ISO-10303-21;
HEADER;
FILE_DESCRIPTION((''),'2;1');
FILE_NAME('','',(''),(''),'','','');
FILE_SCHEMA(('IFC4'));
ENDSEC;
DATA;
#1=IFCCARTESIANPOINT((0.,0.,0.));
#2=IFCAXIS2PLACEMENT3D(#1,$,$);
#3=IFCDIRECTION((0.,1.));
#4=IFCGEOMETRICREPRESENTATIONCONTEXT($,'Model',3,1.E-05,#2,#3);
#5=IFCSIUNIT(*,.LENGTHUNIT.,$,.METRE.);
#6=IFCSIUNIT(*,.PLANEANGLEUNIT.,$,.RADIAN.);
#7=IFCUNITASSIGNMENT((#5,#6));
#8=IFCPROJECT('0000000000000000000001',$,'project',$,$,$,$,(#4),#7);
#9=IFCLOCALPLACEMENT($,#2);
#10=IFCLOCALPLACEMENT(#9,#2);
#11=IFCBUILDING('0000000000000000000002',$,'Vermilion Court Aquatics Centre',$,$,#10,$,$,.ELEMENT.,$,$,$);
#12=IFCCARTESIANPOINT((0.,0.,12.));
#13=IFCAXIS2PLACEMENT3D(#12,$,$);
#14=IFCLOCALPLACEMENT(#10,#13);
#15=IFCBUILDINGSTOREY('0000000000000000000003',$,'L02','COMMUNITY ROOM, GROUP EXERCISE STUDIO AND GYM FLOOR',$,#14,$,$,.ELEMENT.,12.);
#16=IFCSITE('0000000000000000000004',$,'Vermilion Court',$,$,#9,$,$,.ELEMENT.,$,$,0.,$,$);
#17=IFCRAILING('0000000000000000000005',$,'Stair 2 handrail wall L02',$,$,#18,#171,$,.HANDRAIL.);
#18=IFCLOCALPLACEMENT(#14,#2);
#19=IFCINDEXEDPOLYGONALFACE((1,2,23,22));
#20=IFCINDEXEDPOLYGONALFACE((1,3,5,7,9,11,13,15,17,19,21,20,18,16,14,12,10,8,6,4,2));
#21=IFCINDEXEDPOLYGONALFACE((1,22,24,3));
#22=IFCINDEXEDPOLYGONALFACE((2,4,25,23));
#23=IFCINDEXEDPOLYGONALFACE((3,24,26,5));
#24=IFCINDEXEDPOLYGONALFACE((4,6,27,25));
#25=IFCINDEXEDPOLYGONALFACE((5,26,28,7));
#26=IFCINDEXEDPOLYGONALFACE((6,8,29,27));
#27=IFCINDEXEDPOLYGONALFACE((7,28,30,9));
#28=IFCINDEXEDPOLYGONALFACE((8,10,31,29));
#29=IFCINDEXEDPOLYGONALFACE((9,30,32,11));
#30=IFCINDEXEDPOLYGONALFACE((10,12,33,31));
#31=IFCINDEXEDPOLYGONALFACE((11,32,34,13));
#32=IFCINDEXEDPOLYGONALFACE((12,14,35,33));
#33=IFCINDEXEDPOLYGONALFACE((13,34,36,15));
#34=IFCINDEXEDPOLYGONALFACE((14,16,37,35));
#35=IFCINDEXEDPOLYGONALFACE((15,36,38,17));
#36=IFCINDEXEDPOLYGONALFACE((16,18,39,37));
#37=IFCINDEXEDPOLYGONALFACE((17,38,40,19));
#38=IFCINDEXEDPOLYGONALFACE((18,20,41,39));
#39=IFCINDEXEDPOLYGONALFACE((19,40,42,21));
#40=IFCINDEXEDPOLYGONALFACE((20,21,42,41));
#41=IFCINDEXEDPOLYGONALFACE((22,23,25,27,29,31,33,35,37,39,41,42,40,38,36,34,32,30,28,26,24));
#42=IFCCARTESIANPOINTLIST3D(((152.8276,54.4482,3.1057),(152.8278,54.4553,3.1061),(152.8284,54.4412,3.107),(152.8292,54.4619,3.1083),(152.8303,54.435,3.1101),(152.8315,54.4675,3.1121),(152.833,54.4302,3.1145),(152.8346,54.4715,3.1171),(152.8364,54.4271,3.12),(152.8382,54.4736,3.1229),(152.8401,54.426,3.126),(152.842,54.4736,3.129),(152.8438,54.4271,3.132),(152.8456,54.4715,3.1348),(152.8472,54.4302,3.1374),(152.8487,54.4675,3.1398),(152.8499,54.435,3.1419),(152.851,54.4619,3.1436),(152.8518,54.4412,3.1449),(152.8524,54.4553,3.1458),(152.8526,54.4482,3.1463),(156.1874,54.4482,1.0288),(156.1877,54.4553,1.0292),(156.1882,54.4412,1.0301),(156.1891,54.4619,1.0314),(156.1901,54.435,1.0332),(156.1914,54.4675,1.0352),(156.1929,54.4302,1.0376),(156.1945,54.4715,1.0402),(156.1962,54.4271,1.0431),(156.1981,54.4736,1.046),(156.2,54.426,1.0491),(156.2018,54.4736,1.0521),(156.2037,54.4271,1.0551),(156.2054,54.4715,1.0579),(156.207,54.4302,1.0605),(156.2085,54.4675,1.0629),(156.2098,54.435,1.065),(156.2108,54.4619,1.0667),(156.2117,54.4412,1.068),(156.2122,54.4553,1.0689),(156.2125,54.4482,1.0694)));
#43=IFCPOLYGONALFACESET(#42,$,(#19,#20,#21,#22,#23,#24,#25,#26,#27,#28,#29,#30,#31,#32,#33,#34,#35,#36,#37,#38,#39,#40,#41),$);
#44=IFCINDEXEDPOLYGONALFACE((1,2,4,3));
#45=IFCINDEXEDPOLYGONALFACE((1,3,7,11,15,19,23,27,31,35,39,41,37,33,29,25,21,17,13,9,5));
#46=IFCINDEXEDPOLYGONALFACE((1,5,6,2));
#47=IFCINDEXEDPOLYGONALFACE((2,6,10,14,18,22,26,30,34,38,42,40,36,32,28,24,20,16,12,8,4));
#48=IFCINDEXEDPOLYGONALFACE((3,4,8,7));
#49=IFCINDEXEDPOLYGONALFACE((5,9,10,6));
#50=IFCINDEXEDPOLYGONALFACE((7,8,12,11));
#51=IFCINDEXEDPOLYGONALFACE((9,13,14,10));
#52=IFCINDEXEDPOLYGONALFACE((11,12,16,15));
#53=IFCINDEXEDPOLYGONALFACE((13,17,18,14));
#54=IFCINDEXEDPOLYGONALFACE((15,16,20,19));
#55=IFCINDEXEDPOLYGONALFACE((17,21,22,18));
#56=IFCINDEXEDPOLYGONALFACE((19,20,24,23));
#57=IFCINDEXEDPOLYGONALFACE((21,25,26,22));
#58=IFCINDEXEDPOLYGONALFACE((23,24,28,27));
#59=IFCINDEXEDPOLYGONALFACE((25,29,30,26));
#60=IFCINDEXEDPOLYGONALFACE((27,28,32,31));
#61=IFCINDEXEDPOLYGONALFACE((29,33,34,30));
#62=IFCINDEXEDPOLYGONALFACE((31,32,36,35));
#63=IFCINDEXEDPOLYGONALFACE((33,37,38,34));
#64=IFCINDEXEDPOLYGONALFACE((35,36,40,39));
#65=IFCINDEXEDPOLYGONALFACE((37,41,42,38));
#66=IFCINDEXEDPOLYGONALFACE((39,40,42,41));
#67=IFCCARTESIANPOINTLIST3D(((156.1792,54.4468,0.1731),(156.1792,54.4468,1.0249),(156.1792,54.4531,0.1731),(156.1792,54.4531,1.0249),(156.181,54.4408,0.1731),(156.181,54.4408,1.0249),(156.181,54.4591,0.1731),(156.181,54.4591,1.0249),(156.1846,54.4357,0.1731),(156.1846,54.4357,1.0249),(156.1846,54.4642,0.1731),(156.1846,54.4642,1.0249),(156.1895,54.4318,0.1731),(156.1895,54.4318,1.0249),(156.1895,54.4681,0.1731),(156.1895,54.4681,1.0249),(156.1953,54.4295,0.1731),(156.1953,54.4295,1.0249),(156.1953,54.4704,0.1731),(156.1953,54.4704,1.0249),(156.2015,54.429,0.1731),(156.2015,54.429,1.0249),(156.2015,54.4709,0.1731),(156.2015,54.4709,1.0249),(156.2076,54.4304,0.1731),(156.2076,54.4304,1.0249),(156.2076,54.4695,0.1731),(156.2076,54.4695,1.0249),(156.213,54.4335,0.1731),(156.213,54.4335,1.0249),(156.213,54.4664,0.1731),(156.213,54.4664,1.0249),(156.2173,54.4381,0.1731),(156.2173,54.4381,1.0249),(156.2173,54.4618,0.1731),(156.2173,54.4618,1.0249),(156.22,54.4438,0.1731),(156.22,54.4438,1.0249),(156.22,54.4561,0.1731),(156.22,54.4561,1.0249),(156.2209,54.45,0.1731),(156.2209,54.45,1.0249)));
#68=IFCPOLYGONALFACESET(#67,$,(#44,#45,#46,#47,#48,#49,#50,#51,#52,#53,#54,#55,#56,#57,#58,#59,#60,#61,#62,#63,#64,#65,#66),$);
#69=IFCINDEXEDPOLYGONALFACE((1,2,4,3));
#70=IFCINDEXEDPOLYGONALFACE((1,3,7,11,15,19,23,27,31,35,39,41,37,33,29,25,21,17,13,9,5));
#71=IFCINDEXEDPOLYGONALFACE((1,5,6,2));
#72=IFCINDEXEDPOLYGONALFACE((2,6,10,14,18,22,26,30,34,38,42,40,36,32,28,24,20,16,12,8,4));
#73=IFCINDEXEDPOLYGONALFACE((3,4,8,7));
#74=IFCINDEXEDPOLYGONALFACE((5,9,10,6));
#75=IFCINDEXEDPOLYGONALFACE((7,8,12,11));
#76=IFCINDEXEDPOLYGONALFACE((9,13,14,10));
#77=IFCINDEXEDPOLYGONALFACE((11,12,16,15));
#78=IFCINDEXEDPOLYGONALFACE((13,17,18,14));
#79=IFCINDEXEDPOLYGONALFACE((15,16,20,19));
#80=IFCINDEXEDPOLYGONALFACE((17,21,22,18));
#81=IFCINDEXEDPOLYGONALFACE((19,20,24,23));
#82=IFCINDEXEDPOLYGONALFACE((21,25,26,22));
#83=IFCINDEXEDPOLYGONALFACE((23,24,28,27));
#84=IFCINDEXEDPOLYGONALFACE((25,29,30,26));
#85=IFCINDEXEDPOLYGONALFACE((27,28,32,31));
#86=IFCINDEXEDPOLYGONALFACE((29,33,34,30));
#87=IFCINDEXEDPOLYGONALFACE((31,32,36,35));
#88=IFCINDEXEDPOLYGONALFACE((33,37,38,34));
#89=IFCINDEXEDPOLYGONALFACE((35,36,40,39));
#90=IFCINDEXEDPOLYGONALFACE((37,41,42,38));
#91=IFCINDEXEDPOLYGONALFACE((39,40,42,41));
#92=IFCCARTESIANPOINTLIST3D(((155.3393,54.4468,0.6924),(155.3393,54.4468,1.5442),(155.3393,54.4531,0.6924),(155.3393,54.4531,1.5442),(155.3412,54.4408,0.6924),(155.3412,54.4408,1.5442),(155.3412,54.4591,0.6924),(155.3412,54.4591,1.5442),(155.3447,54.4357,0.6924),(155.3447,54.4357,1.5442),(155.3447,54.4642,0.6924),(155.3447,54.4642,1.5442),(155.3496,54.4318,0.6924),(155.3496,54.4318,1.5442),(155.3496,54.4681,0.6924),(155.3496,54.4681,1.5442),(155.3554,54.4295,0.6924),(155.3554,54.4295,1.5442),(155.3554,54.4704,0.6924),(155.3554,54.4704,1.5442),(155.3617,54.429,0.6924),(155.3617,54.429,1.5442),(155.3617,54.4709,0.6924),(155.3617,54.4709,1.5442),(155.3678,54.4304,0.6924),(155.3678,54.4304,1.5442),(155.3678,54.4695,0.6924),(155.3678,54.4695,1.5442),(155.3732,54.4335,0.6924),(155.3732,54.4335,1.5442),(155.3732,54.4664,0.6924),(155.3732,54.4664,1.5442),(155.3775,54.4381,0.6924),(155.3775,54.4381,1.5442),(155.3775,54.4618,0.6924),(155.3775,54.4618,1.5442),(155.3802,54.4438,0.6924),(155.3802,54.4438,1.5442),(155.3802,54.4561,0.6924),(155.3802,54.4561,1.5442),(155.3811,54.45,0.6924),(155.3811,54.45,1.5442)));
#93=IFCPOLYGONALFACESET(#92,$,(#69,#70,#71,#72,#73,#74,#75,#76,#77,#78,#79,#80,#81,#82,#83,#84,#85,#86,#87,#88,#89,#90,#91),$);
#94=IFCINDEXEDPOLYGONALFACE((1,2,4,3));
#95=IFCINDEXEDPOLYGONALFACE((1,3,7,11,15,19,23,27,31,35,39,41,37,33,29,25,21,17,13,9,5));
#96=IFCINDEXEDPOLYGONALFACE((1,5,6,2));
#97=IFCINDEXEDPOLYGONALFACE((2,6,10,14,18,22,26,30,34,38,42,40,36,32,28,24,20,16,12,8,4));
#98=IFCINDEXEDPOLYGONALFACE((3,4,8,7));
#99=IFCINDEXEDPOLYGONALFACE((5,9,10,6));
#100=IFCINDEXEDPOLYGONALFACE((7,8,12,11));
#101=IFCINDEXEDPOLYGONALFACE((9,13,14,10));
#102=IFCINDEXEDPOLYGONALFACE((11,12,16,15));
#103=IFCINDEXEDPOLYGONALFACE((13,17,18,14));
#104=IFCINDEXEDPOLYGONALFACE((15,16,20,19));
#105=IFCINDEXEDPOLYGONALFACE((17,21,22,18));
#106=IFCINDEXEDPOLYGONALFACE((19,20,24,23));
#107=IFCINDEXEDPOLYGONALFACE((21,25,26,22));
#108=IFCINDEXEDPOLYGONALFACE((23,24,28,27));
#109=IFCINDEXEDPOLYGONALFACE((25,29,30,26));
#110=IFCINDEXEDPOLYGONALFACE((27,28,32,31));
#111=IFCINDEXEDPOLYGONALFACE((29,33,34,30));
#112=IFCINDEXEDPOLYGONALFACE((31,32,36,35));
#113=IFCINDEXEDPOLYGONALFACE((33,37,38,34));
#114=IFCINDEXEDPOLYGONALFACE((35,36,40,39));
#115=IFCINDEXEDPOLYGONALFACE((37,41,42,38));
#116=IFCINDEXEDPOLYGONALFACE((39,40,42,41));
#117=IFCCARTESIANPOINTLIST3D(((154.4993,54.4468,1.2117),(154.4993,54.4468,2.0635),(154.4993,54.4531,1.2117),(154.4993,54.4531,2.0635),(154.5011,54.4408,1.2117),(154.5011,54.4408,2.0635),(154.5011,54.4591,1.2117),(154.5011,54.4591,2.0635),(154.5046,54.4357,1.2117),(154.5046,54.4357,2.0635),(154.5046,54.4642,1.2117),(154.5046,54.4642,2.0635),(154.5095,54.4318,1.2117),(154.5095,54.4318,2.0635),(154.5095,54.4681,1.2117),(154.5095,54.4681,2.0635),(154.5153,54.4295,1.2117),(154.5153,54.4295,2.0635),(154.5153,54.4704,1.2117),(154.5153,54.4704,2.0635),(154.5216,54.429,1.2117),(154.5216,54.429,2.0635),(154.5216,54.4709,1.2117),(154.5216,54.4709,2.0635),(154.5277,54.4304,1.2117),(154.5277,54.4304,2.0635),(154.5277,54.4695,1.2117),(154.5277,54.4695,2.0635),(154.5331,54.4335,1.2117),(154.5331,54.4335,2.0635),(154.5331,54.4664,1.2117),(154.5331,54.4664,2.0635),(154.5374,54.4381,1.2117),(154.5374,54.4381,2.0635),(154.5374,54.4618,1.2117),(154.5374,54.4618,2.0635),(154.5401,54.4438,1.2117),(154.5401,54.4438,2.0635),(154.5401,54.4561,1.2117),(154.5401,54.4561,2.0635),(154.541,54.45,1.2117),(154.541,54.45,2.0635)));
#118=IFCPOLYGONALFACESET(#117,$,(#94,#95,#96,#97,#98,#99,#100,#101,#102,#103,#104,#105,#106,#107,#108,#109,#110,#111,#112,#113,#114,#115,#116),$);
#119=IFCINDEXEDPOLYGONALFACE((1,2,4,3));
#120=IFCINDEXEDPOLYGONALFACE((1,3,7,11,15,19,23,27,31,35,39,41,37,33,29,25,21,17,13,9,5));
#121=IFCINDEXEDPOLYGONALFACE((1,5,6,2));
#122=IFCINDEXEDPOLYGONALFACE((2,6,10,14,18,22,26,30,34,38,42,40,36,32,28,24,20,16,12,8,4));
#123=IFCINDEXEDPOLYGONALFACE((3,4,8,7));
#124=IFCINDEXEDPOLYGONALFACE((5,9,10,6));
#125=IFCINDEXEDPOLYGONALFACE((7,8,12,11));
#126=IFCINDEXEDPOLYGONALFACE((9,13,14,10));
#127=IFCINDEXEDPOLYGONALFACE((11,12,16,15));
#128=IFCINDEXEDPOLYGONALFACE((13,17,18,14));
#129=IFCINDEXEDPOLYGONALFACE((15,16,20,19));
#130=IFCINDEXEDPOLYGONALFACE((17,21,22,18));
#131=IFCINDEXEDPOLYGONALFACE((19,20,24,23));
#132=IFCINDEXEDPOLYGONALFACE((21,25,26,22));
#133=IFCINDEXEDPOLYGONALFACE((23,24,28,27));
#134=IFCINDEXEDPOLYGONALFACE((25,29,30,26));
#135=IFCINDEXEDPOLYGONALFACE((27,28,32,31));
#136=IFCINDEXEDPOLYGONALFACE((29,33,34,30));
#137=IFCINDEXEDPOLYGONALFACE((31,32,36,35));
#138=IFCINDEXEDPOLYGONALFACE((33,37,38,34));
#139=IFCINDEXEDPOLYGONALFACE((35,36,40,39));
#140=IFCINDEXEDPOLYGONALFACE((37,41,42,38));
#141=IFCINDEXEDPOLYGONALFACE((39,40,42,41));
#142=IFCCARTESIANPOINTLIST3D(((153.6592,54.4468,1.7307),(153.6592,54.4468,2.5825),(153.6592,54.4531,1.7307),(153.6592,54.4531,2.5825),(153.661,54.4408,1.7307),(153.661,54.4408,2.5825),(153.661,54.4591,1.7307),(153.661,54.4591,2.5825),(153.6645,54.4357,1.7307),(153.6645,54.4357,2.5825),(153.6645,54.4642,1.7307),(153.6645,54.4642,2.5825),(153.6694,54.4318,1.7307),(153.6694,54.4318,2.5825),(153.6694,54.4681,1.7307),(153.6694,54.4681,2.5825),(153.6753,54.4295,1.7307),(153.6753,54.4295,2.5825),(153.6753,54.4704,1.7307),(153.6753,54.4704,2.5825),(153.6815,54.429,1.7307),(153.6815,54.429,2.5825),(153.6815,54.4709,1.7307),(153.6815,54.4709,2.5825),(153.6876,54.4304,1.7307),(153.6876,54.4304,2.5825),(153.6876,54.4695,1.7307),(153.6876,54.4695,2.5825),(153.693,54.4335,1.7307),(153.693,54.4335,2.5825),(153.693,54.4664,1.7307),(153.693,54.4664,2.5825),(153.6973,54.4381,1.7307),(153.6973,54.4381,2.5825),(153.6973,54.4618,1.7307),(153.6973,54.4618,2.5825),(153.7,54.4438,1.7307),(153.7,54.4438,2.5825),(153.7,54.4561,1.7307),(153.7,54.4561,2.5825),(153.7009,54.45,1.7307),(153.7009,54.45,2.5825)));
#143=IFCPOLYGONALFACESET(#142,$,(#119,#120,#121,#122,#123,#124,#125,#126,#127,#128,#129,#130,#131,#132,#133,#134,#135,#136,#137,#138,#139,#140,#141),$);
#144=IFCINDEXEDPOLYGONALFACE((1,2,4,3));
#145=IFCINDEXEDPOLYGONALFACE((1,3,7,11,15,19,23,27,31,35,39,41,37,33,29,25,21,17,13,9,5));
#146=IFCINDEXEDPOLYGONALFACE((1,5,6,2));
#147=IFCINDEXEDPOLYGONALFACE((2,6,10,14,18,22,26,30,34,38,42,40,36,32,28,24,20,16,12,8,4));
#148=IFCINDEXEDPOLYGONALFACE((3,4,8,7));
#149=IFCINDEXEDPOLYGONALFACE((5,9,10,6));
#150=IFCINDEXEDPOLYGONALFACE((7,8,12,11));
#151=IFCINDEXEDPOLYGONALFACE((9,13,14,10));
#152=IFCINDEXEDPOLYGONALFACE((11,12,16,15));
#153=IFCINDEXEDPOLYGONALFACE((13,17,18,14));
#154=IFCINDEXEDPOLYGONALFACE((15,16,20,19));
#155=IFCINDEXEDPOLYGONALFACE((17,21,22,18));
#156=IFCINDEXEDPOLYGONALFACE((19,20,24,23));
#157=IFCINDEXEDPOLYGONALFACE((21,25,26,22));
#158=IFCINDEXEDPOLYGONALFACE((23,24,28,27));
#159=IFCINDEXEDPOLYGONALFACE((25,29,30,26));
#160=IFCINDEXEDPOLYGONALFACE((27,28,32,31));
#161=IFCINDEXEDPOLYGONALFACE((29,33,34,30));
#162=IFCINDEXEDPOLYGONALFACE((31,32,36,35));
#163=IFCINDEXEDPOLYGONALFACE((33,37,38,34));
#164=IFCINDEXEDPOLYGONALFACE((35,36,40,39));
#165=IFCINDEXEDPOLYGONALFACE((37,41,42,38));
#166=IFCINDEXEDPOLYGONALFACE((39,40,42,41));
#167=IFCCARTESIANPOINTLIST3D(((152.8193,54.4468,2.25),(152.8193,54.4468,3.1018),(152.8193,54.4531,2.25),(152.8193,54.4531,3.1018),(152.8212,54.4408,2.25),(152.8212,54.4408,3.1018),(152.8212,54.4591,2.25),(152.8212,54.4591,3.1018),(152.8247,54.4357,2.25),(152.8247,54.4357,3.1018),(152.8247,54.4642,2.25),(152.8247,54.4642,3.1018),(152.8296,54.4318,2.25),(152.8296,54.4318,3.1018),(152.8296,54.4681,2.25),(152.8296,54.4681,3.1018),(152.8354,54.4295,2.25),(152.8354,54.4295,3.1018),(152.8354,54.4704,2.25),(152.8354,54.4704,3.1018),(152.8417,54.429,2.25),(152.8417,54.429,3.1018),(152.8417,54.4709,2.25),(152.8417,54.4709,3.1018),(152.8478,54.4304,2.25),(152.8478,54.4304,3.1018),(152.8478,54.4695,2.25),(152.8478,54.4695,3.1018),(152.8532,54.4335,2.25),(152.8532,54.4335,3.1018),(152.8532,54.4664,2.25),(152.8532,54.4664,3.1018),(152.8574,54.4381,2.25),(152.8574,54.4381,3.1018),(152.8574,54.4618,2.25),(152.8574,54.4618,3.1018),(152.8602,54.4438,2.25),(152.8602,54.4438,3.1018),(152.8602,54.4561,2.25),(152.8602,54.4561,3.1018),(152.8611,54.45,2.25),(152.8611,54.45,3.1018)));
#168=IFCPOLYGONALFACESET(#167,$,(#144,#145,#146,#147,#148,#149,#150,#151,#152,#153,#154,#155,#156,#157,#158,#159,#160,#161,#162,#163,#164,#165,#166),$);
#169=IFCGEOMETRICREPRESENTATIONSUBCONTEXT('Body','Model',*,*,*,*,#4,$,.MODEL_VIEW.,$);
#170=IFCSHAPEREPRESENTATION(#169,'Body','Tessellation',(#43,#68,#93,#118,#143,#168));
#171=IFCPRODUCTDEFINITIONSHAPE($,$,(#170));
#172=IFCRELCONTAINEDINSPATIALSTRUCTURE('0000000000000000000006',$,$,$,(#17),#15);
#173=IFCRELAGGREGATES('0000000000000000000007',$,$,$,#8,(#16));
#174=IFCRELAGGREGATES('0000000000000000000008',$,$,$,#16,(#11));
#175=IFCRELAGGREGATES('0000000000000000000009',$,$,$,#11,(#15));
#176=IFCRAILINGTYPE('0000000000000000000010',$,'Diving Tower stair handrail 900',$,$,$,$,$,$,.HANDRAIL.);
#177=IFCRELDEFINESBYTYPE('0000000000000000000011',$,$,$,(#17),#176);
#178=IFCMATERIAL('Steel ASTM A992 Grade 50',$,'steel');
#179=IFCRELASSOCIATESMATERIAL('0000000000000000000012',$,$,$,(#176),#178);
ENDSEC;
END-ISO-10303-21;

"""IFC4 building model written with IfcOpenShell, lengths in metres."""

from ifc_helpers import new_model, si_unit, direction, frame, origin, origin_2d, place, context, subcontext, project, spatial, circle, extrude, material, type_object, element, save


model = new_model("IFC4")

# Units and contexts
model_context = context("Model", 3, precision=1e-05, world=origin(), true_north=direction((0.0, 1.0)))
body_context = subcontext(model_context, "Body", "Model", "MODEL_VIEW")
ifc_project = project(units=[si_unit("LENGTHUNIT", "METRE"), si_unit("PLANEANGLEUNIT", "RADIAN")], contexts=[model_context])

# Site, building, storey
site_placement = place(None, origin())
site = spatial("IfcSite", under=ifc_project, at=site_placement, Name="Vermilion Court", CompositionType="ELEMENT", RefElevation=0.0)
building_placement = place(site_placement, origin())
building = spatial("IfcBuilding", under=site, at=building_placement, Name="Vermilion Court Aquatics Centre", CompositionType="ELEMENT")
storey_placement = place(building_placement, frame((0.0, 0.0, 12.0)))
storey = spatial("IfcBuildingStorey", under=building, at=storey_placement, Name="L02", Description="COMMUNITY ROOM, GROUP EXERCISE STUDIO AND GYM FLOOR", CompositionType="ELEMENT", Elevation=12.0)

# Railing
ifc_material_1 = material(Name="Steel ASTM A992 Grade 50", Category="steel")
railing_type_1 = type_object("IfcRailingType", Name="Diving Tower stair handrail 900", PredefinedType="HANDRAIL", material=ifc_material_1)
railing_1_placement = place(storey_placement, frame((156.2, 54.45, 0.1731)))
element("IfcRailing", 1, at=railing_1_placement, inside=storey, type_object=railing_type_1, Name="Stair 2 handrail wall L02", PredefinedType="HANDRAIL", context=body_context, shape_type="SweptSolid", body=[
    extrude(circle(Radius=0.0239, at=origin_2d()), frame((0.0, 0.0, 0.876), z_axis=(-0.850606, 0.0, 0.525803), x_axis=(0.0, -1.0, 0.0)), (0.0, 0.0, 1.0), 3.95),
    extrude(circle(Radius=0.021, at=origin_2d()), origin(), (0.0, 0.0, 1.0), 0.8518),
    extrude(circle(Radius=0.021, at=origin_2d()), frame((-0.8398, 0.0, 0.5193)), (0.0, 0.0, 1.0), 0.8518),
    extrude(circle(Radius=0.021, at=origin_2d()), frame((-1.6799, 0.0, 1.0386)), (0.0, 0.0, 1.0), 0.8518),
    extrude(circle(Radius=0.021, at=origin_2d()), frame((-2.52, 0.0, 1.5576)), (0.0, 0.0, 1.0), 0.8518),
    extrude(circle(Radius=0.021, at=origin_2d()), frame((-3.3599, 0.0, 2.0769)), (0.0, 0.0, 1.0), 0.8518),
])

save(model, "model.ifc")
